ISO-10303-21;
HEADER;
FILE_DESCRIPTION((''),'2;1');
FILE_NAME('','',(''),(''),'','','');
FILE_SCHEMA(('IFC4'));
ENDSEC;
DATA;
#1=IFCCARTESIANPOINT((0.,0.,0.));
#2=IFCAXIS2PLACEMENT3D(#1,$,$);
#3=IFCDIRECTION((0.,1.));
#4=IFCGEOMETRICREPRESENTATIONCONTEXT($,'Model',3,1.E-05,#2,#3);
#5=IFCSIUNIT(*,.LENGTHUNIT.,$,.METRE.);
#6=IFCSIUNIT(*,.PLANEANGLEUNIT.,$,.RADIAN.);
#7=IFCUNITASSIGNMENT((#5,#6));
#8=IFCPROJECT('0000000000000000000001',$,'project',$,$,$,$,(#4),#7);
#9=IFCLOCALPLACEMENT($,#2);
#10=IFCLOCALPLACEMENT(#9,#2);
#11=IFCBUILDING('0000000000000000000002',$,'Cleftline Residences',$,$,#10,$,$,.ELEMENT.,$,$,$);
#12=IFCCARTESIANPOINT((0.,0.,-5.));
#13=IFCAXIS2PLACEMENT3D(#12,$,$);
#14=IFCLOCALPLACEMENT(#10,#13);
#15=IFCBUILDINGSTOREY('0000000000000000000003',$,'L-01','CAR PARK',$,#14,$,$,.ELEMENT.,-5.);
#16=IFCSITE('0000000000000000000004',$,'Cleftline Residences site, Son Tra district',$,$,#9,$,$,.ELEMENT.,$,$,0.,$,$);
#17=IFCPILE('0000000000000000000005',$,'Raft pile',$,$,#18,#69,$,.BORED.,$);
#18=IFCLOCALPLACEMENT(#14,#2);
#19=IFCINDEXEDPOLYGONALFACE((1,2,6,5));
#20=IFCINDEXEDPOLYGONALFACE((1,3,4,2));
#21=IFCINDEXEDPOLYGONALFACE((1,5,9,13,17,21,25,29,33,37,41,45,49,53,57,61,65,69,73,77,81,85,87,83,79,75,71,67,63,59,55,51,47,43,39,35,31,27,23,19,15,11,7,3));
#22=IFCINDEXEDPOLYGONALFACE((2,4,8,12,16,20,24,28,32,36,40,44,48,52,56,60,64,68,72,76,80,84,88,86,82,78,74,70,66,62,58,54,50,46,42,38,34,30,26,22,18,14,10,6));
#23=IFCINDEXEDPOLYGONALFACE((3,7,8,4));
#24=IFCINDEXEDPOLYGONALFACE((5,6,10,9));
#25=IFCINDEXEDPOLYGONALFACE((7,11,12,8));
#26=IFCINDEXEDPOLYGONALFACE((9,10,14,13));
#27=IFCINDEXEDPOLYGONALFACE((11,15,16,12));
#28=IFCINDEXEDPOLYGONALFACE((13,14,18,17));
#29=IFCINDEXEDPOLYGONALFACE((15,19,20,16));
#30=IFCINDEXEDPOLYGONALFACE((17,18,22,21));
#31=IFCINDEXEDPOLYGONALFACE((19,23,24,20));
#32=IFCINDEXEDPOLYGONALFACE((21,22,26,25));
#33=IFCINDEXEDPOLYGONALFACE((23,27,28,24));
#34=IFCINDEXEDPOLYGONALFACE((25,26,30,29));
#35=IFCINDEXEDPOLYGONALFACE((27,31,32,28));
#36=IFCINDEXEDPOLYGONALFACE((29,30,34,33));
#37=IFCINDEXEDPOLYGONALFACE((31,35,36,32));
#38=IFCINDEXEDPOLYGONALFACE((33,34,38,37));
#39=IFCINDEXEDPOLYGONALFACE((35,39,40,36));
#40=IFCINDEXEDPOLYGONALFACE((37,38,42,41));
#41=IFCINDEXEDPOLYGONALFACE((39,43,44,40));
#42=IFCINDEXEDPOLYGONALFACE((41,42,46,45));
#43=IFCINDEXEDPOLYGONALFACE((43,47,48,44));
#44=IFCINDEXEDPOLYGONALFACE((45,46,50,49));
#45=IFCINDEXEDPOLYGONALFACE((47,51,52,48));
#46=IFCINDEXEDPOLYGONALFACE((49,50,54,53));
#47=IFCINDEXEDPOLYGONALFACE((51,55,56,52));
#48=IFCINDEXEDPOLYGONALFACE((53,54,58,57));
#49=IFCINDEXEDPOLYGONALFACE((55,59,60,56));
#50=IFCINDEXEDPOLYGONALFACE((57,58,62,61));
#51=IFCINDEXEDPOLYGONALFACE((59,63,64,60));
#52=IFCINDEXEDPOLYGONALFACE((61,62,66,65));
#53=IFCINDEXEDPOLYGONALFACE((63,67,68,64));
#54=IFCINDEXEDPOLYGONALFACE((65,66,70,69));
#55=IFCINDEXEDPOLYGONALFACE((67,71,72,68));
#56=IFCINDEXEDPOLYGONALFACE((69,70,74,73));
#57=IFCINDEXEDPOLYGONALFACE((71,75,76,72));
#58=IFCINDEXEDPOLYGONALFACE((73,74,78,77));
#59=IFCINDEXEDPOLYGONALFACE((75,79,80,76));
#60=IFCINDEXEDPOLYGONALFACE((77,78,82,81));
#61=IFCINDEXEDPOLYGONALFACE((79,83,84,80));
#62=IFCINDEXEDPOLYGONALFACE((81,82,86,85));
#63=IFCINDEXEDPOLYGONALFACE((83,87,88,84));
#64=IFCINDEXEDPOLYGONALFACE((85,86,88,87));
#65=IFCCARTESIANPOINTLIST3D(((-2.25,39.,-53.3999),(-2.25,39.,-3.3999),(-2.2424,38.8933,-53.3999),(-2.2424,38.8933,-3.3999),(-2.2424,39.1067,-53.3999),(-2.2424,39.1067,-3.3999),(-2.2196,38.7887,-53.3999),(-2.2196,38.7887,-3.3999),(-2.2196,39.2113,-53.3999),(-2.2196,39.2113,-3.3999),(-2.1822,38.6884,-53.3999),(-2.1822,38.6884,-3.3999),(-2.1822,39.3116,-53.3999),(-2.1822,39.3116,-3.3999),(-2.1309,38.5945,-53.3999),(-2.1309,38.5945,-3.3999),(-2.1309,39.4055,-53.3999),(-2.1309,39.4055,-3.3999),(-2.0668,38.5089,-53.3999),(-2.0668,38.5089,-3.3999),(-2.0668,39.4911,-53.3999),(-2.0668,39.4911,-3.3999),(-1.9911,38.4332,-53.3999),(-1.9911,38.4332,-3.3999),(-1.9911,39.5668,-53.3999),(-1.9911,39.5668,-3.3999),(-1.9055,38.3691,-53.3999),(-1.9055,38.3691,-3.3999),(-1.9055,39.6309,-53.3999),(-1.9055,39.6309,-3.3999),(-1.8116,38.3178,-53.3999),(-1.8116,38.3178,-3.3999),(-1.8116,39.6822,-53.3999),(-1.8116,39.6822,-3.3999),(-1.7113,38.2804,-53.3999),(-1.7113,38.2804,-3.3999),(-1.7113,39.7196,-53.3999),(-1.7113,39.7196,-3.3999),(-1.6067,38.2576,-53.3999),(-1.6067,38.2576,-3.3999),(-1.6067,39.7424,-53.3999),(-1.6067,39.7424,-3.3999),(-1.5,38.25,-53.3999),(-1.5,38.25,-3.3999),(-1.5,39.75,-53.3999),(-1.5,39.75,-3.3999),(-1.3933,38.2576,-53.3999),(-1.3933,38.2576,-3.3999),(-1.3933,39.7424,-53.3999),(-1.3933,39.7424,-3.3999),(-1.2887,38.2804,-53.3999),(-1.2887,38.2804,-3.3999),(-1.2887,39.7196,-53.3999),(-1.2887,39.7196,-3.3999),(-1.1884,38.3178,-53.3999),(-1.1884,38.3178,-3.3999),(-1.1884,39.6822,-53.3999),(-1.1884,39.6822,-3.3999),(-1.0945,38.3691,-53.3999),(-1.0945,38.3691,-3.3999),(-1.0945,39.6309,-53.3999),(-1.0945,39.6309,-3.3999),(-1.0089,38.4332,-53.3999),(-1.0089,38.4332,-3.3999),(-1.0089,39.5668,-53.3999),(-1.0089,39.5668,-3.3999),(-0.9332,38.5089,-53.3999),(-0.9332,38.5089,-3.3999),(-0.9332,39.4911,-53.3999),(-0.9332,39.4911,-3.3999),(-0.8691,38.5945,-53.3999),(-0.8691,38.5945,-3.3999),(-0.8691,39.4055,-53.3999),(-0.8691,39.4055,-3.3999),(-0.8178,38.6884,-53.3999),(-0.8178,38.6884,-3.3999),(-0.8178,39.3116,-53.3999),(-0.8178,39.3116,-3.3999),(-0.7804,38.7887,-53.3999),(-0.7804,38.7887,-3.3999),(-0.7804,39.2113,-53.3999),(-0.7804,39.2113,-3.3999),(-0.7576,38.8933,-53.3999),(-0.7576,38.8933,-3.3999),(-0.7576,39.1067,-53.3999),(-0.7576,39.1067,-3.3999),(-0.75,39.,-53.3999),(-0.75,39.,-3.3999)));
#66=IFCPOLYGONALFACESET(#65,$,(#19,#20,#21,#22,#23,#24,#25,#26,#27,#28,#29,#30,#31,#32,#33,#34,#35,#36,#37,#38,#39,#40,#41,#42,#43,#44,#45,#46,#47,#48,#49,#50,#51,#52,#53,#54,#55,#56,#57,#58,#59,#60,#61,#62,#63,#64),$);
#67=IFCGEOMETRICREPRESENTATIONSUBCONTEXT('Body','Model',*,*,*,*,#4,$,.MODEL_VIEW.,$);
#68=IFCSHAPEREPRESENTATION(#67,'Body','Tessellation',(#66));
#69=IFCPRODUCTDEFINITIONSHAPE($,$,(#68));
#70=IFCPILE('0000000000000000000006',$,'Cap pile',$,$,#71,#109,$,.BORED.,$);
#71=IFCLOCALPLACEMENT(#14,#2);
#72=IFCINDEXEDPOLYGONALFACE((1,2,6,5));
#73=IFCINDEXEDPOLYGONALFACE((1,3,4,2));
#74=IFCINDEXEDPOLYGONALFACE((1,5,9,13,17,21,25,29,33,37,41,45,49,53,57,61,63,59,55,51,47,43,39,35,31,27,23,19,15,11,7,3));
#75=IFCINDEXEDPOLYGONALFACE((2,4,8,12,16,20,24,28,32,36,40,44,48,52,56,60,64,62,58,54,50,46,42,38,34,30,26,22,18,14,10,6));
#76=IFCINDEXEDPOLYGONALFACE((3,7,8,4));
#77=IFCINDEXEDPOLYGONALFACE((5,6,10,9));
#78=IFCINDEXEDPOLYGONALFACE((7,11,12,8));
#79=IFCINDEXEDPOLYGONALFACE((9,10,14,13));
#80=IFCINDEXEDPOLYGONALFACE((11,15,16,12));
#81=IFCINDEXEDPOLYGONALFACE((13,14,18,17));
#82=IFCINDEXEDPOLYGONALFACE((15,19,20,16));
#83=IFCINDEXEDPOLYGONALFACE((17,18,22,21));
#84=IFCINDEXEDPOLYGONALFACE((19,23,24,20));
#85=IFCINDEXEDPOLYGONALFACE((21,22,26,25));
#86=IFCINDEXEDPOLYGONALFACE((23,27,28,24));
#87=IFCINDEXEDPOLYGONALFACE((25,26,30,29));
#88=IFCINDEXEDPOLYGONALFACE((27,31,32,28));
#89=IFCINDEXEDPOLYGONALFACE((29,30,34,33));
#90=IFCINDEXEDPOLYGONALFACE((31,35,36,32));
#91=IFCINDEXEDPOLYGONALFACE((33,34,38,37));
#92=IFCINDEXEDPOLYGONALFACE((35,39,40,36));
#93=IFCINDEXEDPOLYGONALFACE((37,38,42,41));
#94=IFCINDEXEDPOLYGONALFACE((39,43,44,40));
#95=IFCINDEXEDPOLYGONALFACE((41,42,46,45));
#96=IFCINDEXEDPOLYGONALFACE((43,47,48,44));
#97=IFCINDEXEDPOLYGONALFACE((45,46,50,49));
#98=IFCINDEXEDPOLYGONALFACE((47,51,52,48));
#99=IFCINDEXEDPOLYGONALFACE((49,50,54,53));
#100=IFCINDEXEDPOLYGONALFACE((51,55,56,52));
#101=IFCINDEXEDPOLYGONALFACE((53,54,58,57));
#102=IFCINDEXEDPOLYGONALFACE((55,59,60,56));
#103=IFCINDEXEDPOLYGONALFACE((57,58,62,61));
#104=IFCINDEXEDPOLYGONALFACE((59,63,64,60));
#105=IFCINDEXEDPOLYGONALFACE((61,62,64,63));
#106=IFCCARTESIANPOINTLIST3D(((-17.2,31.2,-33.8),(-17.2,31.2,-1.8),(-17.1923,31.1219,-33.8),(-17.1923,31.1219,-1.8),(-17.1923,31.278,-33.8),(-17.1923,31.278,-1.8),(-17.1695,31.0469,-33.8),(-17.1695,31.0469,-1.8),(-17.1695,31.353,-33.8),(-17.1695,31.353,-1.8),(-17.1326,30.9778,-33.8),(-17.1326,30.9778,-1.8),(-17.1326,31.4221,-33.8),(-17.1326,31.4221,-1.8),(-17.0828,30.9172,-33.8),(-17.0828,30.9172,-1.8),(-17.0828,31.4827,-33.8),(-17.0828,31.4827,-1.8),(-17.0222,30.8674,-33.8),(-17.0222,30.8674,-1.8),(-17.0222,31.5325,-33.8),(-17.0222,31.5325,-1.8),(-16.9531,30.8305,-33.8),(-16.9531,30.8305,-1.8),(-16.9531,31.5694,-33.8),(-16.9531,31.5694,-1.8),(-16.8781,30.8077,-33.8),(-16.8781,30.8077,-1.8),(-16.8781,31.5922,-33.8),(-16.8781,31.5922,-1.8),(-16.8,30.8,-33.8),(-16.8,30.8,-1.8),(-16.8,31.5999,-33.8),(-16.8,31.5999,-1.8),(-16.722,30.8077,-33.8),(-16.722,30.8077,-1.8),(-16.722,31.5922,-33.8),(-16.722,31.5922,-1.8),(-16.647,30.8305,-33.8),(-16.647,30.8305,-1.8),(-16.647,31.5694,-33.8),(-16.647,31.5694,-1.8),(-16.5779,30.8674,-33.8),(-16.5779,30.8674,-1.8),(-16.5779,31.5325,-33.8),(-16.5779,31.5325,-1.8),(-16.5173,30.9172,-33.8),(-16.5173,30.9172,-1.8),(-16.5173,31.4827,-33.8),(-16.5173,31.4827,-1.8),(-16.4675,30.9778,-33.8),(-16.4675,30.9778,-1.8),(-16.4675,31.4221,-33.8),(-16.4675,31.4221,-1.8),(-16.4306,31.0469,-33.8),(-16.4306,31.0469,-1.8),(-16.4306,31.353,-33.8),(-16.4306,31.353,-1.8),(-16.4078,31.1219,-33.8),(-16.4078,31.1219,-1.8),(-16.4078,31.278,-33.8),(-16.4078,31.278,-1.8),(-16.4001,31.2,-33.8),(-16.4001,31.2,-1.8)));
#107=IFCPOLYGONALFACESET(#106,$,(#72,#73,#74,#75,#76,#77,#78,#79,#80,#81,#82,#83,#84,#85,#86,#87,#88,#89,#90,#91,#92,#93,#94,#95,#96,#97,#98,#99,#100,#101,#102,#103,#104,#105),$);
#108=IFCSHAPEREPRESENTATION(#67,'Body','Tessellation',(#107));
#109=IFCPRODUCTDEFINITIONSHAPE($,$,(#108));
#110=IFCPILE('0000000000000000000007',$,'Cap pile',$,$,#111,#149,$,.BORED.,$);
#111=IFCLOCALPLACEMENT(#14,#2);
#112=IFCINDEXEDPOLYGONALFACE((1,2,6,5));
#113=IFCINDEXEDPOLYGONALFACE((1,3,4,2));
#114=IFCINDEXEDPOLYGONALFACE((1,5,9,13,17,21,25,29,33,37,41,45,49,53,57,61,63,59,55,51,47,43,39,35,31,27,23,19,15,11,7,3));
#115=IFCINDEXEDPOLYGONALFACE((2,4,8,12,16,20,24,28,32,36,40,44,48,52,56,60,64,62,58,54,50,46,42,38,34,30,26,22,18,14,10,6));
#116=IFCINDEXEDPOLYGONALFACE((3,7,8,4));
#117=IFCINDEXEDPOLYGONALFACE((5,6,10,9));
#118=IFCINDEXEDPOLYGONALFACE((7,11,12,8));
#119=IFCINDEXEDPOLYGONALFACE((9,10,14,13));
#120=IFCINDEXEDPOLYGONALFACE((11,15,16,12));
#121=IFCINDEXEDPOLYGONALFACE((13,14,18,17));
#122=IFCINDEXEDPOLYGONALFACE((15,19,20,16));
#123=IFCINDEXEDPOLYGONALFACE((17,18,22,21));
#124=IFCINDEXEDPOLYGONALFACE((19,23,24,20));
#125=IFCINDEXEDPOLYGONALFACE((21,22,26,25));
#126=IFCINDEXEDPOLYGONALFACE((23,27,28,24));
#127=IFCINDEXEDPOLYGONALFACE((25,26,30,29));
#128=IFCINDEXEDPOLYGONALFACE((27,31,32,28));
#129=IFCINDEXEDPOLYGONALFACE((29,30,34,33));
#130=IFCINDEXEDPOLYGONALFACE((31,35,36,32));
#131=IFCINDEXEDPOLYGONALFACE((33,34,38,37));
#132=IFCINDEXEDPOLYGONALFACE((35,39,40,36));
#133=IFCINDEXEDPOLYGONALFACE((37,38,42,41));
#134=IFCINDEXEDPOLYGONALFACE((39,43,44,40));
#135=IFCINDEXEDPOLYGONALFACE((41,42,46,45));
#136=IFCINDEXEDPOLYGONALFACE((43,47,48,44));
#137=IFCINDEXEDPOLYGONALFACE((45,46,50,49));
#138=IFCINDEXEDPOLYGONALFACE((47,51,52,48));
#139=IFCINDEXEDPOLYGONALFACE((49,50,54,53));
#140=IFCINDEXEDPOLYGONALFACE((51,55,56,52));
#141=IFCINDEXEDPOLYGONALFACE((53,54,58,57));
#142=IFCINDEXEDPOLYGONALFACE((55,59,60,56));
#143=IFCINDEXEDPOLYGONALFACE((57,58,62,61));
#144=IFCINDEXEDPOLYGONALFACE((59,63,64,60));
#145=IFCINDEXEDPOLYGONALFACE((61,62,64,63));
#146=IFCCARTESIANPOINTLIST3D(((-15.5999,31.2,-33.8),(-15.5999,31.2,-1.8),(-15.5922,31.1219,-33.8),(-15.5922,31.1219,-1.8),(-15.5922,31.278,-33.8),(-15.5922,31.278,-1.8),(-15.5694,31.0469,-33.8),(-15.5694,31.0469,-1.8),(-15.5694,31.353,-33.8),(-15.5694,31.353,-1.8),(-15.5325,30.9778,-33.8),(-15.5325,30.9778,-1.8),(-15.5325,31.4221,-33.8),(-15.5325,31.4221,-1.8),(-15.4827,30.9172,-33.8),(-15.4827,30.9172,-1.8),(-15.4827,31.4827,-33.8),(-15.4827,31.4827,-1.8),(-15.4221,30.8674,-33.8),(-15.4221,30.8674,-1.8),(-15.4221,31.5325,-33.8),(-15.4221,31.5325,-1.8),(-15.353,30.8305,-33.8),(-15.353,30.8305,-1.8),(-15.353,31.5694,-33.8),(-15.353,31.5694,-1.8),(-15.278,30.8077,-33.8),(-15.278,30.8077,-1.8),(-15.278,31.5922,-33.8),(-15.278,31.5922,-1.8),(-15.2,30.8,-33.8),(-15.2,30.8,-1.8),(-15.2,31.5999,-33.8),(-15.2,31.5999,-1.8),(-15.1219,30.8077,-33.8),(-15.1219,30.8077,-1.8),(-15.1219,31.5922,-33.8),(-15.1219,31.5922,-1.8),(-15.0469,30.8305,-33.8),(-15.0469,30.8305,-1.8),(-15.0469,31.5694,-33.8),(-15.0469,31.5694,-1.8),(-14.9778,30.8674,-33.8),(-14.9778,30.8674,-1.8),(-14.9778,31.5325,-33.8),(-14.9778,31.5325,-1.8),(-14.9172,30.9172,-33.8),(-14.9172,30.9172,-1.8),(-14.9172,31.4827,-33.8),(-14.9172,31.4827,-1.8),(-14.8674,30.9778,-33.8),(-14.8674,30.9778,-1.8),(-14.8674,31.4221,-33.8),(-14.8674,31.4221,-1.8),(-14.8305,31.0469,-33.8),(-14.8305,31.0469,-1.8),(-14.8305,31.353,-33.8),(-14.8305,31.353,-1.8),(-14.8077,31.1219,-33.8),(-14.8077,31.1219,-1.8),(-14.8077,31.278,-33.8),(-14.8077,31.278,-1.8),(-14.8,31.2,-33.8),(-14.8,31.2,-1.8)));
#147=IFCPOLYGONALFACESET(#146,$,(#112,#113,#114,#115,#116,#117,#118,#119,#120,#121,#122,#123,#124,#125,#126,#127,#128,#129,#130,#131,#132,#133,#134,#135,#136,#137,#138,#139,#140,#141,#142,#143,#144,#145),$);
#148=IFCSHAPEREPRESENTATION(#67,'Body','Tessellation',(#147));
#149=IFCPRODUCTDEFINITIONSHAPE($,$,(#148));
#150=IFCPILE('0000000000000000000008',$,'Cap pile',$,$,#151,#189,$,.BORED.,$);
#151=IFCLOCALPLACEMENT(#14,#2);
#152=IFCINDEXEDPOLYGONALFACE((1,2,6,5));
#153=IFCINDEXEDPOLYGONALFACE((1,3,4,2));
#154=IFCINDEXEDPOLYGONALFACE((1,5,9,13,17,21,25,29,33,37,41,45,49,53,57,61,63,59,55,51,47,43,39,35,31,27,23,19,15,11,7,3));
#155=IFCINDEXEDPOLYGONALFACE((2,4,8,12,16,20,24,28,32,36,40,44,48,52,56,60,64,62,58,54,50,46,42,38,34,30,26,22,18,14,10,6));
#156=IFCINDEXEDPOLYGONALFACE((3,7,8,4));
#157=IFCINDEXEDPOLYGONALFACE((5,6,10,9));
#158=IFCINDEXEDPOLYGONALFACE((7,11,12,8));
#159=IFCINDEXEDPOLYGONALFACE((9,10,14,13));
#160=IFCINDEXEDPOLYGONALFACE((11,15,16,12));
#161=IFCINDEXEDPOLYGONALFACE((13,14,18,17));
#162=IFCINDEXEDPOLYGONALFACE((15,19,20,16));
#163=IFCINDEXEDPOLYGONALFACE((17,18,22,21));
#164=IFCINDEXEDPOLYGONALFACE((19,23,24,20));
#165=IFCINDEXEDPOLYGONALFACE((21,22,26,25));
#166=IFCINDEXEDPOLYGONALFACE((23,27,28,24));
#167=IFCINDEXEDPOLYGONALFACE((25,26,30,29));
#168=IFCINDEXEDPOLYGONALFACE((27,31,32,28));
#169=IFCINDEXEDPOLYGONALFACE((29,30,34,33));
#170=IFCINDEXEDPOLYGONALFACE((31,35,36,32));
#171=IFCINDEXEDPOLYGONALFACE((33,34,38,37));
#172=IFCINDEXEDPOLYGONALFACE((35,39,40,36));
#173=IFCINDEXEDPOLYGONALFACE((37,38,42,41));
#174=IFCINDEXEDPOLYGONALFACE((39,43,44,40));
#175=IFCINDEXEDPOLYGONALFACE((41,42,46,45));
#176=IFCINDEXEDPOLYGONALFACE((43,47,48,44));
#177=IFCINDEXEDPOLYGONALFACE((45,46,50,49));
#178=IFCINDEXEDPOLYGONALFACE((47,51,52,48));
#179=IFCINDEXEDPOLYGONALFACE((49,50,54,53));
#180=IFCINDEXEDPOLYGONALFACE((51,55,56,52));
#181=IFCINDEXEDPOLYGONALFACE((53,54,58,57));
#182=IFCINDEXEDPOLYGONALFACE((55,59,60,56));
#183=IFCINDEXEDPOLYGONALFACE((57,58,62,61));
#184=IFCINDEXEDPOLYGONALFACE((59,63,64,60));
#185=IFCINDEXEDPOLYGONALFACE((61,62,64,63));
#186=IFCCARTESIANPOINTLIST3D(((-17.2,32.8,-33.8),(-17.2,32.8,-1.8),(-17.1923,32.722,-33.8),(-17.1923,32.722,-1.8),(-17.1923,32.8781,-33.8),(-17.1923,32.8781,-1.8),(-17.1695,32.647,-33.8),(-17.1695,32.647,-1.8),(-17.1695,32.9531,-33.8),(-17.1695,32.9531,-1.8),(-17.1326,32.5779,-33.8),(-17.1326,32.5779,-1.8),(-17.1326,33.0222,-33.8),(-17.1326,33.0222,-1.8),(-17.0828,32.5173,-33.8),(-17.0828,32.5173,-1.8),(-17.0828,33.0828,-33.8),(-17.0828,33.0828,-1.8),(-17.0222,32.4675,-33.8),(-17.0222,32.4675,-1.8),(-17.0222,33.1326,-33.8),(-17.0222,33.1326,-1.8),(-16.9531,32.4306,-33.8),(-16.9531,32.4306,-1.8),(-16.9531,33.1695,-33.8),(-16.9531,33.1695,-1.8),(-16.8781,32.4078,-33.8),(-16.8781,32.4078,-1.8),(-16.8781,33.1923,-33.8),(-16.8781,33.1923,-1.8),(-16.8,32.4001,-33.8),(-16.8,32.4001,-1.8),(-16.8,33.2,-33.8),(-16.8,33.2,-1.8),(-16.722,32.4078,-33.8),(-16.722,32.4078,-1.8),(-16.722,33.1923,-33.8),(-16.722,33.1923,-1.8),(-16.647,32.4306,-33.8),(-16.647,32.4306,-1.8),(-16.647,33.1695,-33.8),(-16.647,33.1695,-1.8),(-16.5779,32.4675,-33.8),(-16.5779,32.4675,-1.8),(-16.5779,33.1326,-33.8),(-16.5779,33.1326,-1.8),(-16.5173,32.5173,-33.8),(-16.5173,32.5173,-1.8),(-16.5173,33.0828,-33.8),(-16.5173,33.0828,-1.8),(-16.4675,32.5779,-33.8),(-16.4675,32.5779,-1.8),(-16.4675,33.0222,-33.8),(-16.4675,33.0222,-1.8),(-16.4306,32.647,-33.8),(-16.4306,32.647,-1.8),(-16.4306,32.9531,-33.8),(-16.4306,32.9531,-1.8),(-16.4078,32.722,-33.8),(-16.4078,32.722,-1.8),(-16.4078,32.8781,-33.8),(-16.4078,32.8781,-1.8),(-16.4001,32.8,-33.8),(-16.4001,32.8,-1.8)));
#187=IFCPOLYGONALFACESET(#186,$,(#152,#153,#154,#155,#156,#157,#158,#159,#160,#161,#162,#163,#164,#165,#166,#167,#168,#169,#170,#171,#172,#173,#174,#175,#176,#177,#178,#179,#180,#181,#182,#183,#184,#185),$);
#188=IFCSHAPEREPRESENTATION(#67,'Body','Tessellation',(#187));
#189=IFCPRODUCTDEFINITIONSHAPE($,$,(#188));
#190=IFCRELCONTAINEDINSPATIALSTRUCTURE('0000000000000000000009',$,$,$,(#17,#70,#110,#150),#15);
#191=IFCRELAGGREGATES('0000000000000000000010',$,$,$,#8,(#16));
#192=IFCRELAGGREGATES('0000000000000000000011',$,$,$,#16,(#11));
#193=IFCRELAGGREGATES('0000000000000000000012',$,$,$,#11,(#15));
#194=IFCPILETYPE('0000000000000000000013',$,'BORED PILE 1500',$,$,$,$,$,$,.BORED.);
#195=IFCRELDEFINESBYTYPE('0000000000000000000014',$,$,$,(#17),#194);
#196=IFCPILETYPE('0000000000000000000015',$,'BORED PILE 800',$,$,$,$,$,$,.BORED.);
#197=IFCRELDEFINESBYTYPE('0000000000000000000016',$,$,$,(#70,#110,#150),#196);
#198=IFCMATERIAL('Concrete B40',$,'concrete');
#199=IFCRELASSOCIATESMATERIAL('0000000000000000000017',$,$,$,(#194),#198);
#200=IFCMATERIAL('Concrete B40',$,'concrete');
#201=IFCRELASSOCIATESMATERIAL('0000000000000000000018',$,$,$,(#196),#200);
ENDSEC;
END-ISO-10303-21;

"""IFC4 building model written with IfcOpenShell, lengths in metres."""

from ifc_helpers import new_model, si_unit, direction, frame, origin, origin_2d, place, context, subcontext, project, spatial, circle, extrude, material, material_profile, profile_set, type_object, element, save


model = new_model("IFC4")

# Units and contexts
model_context = context("Model", 3, precision=1e-05, world=origin(), true_north=direction((0.0, 1.0)))
body_context = subcontext(model_context, "Body", "Model", "MODEL_VIEW")
ifc_project = project(units=[si_unit("LENGTHUNIT", "METRE"), si_unit("PLANEANGLEUNIT", "RADIAN")], contexts=[model_context])

# Site, building, storey
site_placement = place(None, origin())
site = spatial("IfcSite", under=ifc_project, at=site_placement, Name="Cleftline Residences site, Son Tra district", CompositionType="ELEMENT", RefElevation=0.0)
building_placement = place(site_placement, origin())
building = spatial("IfcBuilding", under=site, at=building_placement, Name="Cleftline Residences", CompositionType="ELEMENT")
storey_placement = place(building_placement, frame((0.0, 0.0, -5.0)))
storey = spatial("IfcBuildingStorey", under=building, at=storey_placement, Name="L-01", Description="CAR PARK", CompositionType="ELEMENT", Elevation=-5.0)

# Piles
ifc_material_1 = material(Name="Concrete B40", Category="concrete")
ifc_material_profile_1 = material_profile(ifc_material_1, circle(Radius=0.75, at=origin_2d()))
ifc_profile_set_1 = profile_set([ifc_material_profile_1], Name="Concrete B40")
pile_type_1 = type_object("IfcPileType", Name="BORED PILE 1500", PredefinedType="BORED", material=ifc_profile_set_1)
for number, where, z_axis, x_axis, name in (
    (1, (-1.5, 39.0, -3.3999), (0.0, 0.0, -1.0), (1.0, 0.0, 0.0), "Raft pile"),
):
    element("IfcPile", number, at=place(storey_placement, frame(where, z_axis=z_axis, x_axis=x_axis)), inside=storey, type_object=pile_type_1, Name=name, PredefinedType="BORED", context=body_context, shape_type="SweptSolid", body=[
        extrude(circle(Radius=0.75, at=origin_2d()), origin(), (0.0, 0.0, 1.0), 50.0),
    ])
ifc_material_2 = material(Name="Concrete B40", Category="concrete")
ifc_material_profile_2 = material_profile(ifc_material_2, circle(Radius=0.3999, at=origin_2d()))
ifc_profile_set_2 = profile_set([ifc_material_profile_2], Name="Concrete B40")
pile_type_2 = type_object("IfcPileType", Name="BORED PILE 800", PredefinedType="BORED", material=ifc_profile_set_2)
for number, where, z_axis, x_axis, name in (
    (2, (-16.8, 31.2, -1.8), (0.0, 0.0, -1.0), (1.0, 0.0, 0.0), "Cap pile"),
    (3, (-15.2, 31.2, -1.8), (0.0, 0.0, -1.0), (1.0, 0.0, 0.0), "Cap pile"),
    (4, (-16.8, 32.8, -1.8), (0.0, 0.0, -1.0), (1.0, 0.0, 0.0), "Cap pile"),
):
    element("IfcPile", number, at=place(storey_placement, frame(where, z_axis=z_axis, x_axis=x_axis)), inside=storey, type_object=pile_type_2, Name=name, PredefinedType="BORED", context=body_context, shape_type="SweptSolid", body=[
        extrude(circle(Radius=0.3999, at=origin_2d()), origin(), (0.0, 0.0, 1.0), 32.0),
    ])

save(model, "model.ifc")
